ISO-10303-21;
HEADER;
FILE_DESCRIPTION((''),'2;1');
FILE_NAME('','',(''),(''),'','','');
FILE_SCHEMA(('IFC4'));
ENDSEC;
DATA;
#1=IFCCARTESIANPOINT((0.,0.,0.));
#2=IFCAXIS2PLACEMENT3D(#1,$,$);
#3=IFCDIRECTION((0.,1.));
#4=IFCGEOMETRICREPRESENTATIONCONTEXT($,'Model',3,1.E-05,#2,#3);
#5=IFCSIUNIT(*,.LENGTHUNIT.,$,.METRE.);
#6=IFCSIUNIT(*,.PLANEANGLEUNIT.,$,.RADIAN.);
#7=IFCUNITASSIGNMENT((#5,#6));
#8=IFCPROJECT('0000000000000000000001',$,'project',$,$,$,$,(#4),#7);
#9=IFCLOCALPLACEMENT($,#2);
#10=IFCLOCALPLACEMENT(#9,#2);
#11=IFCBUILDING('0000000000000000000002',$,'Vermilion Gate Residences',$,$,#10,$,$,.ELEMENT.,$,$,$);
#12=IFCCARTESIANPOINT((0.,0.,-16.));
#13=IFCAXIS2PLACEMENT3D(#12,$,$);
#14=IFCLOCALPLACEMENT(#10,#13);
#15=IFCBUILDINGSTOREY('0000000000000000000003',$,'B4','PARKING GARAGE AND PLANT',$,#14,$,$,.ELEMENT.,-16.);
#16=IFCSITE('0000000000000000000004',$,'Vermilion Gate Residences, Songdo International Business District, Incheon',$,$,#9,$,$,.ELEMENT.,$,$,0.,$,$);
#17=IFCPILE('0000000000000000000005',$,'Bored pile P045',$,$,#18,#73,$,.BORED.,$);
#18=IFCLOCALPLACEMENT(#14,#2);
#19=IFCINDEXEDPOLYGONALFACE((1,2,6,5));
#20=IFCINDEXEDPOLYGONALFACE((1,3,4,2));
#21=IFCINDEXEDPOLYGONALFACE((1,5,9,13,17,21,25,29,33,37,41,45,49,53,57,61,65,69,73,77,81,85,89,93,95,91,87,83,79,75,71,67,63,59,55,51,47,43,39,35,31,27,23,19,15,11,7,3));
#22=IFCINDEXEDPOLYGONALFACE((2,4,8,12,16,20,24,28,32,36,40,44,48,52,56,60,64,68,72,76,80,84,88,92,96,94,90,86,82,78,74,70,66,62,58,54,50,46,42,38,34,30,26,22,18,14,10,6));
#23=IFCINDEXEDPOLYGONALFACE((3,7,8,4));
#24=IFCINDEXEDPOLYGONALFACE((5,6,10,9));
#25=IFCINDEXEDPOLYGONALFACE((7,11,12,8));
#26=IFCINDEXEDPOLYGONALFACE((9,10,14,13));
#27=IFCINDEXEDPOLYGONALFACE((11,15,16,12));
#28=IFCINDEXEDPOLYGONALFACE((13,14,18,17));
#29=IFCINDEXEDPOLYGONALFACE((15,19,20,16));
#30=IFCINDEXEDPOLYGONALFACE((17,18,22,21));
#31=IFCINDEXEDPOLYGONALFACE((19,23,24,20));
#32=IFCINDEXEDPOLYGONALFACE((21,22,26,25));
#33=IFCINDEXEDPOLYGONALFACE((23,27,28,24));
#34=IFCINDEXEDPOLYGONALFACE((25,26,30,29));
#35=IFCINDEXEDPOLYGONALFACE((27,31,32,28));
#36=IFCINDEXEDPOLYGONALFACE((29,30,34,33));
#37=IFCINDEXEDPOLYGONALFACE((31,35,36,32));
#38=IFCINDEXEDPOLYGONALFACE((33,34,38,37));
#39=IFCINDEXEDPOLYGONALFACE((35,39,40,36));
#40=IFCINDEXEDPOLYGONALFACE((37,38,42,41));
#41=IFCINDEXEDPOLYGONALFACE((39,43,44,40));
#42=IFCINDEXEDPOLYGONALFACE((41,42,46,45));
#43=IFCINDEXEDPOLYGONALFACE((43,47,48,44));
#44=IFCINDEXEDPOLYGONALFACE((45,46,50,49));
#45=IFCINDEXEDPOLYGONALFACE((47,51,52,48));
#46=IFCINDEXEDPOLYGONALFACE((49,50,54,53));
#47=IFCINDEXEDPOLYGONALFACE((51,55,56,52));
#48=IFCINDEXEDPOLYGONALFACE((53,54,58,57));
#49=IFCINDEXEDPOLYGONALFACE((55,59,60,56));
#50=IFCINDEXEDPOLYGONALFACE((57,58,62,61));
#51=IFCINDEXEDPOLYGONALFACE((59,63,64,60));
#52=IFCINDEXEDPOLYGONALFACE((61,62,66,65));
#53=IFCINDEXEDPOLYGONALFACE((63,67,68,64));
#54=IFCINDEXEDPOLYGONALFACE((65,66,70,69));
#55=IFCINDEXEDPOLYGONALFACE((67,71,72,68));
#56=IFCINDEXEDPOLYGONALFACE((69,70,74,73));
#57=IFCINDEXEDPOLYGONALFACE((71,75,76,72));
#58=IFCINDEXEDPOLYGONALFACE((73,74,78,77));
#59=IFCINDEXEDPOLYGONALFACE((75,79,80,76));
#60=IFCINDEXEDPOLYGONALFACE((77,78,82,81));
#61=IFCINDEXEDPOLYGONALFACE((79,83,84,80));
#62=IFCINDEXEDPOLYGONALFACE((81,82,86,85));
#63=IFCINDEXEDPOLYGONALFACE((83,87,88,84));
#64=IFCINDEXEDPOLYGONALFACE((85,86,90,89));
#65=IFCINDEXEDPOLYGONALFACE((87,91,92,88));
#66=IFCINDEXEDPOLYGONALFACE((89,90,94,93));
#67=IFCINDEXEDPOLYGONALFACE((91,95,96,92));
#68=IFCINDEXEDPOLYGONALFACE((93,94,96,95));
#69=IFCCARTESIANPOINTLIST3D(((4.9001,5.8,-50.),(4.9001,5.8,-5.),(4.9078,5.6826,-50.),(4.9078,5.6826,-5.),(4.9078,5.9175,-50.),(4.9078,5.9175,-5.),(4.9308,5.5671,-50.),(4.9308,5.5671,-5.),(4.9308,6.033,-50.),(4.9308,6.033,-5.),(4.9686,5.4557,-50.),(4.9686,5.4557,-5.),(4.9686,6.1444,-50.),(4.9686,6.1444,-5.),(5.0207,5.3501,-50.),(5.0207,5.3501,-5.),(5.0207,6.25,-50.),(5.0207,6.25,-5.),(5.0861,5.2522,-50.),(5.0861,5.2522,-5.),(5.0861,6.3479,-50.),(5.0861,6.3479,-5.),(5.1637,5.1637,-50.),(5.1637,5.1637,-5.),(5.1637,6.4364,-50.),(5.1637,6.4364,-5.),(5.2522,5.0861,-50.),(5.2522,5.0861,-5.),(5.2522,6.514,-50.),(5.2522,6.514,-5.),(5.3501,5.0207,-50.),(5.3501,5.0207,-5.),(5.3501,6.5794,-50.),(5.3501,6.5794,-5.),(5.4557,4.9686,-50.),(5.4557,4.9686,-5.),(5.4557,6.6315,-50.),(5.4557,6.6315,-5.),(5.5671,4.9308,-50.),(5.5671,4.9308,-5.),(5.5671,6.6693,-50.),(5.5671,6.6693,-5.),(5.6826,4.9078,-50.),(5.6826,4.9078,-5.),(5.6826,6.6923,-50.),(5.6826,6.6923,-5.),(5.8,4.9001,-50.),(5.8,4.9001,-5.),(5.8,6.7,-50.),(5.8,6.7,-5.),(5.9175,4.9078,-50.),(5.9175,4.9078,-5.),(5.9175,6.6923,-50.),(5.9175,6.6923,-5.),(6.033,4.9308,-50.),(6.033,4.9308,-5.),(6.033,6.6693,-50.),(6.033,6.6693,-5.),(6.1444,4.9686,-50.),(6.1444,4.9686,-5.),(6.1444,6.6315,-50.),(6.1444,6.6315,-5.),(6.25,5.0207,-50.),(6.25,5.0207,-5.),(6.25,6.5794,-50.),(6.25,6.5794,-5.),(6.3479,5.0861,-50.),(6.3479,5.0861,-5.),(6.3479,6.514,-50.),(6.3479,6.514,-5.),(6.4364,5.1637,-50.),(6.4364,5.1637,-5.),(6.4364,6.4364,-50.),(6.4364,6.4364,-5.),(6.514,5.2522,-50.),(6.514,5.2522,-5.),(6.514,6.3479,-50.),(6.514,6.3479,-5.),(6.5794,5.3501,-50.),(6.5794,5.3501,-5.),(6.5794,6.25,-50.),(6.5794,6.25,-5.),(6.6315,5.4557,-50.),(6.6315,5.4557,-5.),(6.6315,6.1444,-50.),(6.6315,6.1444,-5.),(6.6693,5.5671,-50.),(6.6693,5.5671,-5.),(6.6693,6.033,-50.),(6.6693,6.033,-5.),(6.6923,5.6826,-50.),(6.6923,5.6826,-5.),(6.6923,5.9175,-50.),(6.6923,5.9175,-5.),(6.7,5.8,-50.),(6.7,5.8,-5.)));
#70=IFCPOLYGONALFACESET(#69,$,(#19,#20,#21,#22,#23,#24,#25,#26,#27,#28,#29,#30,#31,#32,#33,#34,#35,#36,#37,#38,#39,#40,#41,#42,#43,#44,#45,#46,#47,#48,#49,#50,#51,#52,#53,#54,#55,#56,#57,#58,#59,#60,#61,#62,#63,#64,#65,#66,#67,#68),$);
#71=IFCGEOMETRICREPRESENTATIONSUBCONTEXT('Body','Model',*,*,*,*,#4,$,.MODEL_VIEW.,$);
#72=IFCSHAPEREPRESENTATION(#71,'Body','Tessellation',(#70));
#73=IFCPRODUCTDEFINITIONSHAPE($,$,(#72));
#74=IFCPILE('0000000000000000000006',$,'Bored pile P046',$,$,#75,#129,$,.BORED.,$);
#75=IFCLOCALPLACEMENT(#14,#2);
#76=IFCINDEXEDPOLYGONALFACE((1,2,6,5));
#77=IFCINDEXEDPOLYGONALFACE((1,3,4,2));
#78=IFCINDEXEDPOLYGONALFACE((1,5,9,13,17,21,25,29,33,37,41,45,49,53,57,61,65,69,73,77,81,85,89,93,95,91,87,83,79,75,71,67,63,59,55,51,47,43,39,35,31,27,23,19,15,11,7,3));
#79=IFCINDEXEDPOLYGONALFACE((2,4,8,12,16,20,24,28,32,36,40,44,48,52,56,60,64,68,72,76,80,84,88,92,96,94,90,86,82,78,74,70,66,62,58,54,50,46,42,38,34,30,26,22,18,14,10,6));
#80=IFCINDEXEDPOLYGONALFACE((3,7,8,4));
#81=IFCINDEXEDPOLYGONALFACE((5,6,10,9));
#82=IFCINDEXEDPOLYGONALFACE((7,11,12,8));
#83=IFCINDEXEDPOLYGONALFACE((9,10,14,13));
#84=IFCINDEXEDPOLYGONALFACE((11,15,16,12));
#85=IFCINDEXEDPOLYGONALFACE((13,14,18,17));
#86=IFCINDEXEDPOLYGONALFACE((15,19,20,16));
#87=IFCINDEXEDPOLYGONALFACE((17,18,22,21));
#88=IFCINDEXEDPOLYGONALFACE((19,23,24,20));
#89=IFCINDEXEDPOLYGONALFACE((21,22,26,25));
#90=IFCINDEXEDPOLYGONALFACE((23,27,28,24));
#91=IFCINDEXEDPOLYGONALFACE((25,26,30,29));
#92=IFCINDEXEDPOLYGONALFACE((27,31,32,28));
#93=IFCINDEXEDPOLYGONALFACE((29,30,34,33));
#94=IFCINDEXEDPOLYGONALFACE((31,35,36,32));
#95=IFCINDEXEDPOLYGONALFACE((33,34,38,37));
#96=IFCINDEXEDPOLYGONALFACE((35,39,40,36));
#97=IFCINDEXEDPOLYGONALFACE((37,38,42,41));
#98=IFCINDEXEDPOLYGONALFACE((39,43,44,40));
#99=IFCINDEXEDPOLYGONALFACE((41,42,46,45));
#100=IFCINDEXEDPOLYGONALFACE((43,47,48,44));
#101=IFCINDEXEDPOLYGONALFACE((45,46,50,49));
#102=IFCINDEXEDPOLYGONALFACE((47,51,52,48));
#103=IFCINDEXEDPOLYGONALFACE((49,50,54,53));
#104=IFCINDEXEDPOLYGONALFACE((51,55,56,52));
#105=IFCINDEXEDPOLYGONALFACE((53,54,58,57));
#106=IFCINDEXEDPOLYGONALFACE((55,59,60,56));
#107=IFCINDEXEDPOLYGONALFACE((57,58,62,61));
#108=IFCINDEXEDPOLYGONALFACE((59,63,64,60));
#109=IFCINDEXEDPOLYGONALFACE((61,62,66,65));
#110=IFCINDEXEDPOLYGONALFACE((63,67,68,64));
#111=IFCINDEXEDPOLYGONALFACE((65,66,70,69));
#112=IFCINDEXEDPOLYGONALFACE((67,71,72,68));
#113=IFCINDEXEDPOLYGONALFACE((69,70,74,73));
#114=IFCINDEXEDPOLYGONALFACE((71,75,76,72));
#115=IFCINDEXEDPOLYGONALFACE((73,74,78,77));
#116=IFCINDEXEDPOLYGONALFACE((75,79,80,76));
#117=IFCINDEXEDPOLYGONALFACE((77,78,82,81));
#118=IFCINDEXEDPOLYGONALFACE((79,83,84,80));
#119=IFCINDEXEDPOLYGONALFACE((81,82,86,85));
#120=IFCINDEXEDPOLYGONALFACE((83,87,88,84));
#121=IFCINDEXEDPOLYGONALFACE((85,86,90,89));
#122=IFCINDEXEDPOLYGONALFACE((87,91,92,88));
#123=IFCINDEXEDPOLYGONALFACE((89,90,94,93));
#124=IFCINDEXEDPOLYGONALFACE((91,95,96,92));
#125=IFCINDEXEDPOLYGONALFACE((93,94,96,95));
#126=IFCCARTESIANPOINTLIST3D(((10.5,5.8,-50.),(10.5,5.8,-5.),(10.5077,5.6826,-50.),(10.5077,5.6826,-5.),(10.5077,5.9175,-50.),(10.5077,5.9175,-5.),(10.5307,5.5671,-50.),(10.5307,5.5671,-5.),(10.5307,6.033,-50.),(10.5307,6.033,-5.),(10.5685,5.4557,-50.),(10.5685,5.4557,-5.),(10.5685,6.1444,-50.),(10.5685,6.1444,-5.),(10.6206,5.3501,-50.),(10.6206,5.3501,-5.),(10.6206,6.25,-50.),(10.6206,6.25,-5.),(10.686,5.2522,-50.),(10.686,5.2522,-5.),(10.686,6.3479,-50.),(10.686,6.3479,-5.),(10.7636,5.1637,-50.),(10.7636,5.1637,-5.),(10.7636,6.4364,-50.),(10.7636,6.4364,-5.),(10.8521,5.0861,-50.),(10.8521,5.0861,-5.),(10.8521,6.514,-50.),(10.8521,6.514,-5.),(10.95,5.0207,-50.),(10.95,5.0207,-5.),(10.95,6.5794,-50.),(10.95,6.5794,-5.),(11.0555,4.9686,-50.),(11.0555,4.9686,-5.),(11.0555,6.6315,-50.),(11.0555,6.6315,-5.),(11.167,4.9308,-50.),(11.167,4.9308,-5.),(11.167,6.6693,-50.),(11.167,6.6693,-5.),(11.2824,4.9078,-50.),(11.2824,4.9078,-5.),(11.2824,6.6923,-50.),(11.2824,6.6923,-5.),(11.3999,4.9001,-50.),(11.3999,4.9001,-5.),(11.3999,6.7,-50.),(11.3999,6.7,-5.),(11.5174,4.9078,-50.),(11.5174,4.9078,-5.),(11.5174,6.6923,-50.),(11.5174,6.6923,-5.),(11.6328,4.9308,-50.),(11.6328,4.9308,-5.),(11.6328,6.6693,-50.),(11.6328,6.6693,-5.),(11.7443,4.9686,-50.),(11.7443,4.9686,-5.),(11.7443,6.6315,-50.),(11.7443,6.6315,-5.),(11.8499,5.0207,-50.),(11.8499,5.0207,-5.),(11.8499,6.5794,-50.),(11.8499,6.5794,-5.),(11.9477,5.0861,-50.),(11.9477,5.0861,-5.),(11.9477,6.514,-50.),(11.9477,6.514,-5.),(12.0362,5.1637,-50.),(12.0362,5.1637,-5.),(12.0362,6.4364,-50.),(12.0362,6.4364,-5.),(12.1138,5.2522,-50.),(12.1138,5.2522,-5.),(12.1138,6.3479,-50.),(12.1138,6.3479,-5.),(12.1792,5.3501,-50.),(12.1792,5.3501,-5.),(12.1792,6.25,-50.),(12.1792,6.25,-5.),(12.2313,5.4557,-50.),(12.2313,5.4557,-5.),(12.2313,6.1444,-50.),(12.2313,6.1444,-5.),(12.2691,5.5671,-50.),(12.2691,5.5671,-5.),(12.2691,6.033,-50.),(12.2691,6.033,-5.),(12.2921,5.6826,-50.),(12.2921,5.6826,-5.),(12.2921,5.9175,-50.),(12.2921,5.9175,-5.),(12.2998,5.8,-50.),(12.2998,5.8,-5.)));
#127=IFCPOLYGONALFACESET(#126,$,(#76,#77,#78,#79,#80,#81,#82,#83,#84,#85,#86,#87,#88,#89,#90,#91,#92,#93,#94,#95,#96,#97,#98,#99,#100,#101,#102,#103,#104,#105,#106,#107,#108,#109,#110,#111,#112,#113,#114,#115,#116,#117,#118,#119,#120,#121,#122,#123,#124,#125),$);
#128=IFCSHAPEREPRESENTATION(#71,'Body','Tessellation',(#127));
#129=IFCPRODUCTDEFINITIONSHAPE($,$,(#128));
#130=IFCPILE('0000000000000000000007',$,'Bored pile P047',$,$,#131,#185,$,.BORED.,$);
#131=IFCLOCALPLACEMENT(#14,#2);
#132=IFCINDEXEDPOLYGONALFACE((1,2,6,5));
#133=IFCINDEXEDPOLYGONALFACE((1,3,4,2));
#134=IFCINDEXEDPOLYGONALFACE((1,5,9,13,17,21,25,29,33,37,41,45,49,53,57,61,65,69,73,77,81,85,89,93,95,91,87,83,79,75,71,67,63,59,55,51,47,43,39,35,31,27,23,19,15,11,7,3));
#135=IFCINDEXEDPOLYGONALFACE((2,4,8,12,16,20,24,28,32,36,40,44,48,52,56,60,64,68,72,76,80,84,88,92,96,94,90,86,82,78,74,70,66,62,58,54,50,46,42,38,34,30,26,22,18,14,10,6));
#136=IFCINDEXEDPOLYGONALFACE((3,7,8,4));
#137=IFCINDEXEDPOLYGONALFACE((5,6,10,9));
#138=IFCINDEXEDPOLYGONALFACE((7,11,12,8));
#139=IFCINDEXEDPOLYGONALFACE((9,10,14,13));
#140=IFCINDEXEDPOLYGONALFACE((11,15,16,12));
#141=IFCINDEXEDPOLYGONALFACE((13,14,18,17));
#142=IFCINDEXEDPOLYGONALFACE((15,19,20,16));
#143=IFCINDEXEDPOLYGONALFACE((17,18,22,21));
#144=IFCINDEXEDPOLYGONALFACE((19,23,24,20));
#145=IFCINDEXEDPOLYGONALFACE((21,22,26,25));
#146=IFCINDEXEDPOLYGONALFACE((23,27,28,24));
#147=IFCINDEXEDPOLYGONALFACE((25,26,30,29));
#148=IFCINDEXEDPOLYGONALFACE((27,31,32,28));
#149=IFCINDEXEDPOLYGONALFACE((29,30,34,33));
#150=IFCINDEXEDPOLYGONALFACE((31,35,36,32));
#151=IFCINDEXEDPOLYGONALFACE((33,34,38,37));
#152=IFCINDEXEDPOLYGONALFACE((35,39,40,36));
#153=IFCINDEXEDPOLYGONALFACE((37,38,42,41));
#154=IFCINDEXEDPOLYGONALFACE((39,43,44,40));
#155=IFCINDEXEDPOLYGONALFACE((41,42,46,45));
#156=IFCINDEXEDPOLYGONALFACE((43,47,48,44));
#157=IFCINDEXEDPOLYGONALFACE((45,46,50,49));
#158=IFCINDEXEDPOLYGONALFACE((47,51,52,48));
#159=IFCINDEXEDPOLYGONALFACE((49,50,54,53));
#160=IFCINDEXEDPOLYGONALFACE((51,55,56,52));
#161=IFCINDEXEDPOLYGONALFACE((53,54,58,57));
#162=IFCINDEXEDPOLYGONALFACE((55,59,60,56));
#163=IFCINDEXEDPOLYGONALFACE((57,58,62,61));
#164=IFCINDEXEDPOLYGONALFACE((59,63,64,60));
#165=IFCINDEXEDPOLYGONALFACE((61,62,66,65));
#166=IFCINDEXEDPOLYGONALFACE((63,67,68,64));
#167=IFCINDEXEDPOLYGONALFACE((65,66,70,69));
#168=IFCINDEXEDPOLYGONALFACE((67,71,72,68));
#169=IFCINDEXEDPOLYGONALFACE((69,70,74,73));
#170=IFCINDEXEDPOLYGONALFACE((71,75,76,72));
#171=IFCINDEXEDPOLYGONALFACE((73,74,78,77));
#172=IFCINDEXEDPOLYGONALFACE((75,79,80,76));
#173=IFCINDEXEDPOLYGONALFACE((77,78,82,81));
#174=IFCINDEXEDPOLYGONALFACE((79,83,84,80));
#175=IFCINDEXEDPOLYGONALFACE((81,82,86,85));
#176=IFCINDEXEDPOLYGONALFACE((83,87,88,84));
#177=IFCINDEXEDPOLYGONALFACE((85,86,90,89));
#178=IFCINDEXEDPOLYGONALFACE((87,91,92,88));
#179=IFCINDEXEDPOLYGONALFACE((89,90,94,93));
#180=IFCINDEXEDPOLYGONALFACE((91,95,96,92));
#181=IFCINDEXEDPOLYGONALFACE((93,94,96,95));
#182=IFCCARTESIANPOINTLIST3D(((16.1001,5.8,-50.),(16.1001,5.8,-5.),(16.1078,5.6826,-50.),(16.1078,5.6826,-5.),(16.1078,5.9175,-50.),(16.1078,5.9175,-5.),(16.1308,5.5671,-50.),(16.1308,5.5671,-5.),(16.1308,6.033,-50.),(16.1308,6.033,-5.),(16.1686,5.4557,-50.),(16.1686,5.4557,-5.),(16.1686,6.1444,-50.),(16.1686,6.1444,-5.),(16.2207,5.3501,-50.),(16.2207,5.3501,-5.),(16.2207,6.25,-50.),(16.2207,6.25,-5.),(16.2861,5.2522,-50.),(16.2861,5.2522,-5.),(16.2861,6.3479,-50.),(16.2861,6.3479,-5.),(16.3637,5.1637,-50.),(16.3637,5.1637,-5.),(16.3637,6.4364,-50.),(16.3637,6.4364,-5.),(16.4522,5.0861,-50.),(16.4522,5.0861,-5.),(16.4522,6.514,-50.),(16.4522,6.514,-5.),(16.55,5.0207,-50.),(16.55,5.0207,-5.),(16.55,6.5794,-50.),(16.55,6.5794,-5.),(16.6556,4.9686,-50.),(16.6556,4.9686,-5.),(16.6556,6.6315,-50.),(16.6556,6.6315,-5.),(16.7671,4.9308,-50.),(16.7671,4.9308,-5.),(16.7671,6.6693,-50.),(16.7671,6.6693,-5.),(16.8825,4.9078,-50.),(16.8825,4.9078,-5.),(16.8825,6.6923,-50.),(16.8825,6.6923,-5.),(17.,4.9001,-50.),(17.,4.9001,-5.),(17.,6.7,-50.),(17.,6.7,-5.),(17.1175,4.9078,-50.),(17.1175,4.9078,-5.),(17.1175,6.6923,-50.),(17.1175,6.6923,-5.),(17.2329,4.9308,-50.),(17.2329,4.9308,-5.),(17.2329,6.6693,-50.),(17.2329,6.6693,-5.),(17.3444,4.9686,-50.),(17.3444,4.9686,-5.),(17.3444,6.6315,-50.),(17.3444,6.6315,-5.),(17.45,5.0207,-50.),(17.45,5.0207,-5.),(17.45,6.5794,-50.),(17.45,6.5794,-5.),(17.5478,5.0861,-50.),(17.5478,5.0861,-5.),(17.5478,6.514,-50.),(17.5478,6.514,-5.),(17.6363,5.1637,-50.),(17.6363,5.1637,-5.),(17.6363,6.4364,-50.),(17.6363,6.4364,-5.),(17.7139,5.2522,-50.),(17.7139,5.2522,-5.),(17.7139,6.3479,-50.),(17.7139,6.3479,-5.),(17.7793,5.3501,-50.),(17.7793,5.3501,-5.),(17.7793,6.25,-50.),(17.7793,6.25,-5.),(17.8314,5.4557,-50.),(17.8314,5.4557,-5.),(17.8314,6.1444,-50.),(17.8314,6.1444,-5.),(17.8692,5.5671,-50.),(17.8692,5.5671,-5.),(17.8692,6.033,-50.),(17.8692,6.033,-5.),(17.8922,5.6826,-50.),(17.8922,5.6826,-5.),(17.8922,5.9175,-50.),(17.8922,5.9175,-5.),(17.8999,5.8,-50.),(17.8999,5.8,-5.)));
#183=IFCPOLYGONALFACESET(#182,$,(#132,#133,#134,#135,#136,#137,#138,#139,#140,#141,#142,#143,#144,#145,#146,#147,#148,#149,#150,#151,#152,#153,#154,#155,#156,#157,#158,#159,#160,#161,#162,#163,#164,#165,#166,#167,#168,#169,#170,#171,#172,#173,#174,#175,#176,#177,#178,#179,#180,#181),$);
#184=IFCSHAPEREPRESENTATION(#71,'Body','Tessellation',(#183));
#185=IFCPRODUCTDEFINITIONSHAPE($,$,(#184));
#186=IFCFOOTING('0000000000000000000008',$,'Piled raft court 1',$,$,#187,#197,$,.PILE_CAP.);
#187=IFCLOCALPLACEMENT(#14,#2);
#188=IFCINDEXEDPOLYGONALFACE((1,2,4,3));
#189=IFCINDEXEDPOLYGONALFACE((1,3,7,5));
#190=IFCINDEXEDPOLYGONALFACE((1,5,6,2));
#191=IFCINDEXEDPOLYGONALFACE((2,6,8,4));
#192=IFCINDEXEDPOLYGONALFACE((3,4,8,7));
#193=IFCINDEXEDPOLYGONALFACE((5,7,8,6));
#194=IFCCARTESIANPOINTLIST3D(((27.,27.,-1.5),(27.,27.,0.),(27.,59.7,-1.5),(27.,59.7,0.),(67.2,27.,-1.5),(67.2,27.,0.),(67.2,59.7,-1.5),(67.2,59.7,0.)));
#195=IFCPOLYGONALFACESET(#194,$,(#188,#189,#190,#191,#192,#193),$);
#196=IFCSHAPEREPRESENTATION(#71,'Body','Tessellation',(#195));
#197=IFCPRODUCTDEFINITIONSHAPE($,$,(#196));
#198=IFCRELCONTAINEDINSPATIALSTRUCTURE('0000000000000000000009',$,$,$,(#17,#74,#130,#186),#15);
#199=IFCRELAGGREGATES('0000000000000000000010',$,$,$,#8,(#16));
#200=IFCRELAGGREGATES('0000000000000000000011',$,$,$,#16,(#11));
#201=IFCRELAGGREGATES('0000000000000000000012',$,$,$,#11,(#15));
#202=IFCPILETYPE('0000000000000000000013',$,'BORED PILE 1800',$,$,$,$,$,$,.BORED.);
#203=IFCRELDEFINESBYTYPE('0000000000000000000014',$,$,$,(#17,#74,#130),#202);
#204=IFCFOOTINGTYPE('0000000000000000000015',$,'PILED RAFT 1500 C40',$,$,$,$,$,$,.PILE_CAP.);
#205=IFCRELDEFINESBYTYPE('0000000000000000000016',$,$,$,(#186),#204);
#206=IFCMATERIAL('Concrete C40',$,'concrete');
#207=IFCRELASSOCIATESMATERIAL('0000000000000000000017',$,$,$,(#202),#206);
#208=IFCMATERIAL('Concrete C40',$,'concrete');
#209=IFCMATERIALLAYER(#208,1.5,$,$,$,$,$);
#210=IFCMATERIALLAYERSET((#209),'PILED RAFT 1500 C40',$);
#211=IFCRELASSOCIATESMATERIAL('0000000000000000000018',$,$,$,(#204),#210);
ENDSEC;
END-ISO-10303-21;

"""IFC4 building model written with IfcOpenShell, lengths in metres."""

from ifc_helpers import new_model, si_unit, direction, frame, origin, origin_2d, place, context, subcontext, project, spatial, polyline, circle, outline, extrude, material, layer, layer_set, material_profile, profile_set, type_object, element, save


model = new_model("IFC4")

# Units and contexts
model_context = context("Model", 3, precision=1e-05, world=origin(), true_north=direction((0.0, 1.0)))
body_context = subcontext(model_context, "Body", "Model", "MODEL_VIEW")
ifc_project = project(units=[si_unit("LENGTHUNIT", "METRE"), si_unit("PLANEANGLEUNIT", "RADIAN")], contexts=[model_context])

# Site, building, storey
site_placement = place(None, origin())
site = spatial("IfcSite", under=ifc_project, at=site_placement, Name="Vermilion Gate Residences, Songdo International Business District, Incheon", CompositionType="ELEMENT", RefElevation=0.0)
building_placement = place(site_placement, origin())
building = spatial("IfcBuilding", under=site, at=building_placement, Name="Vermilion Gate Residences", CompositionType="ELEMENT")
storey_placement = place(building_placement, frame((0.0, 0.0, -16.0)))
storey = spatial("IfcBuildingStorey", under=building, at=storey_placement, Name="B4", Description="PARKING GARAGE AND PLANT", CompositionType="ELEMENT", Elevation=-16.0)

# Piles
ifc_material_1 = material(Name="Concrete C40", Category="concrete")
ifc_material_profile_1 = material_profile(ifc_material_1, circle(Radius=0.8999, at=origin_2d()), Name="BORED PILE 1800")
ifc_profile_set_1 = profile_set([ifc_material_profile_1], Name="Concrete C40")
pile_type = type_object("IfcPileType", Name="BORED PILE 1800", PredefinedType="BORED", material=ifc_profile_set_1)
for number, where, z_axis, x_axis, name in (
    (1, (5.8, 5.8, -5.0), (0.0, 0.0, -1.0), (1.0, 0.0, 0.0), "Bored pile P045"),
    (2, (11.3999, 5.8, -5.0), (0.0, 0.0, -1.0), (1.0, 0.0, 0.0), "Bored pile P046"),
    (3, (17.0, 5.8, -5.0), (0.0, 0.0, -1.0), (1.0, 0.0, 0.0), "Bored pile P047"),
):
    element("IfcPile", number, at=place(storey_placement, frame(where, z_axis=z_axis, x_axis=x_axis)), inside=storey, type_object=pile_type, Name=name, PredefinedType="BORED", context=body_context, shape_type="SweptSolid", body=[
        extrude(circle(Radius=0.8999, at=origin_2d()), origin(), (0.0, 0.0, 1.0), 45.0),
    ])

# Footing
ifc_material_2 = material(Name="Concrete C40", Category="concrete")
ifc_layer_1 = layer(ifc_material_2, 1.5)
ifc_layer_set_1 = layer_set([ifc_layer_1], Name="PILED RAFT 1500 C40")
footing_type_1 = type_object("IfcFootingType", Name="PILED RAFT 1500 C40", PredefinedType="PILE_CAP", material=ifc_layer_set_1)
footing_1_placement = place(storey_placement, frame((0.0, 0.0, -1.5)))
element("IfcFooting", 4, at=footing_1_placement, inside=storey, type_object=footing_type_1, Name="Piled raft court 1", PredefinedType="PILE_CAP", context=body_context, shape_type="SweptSolid", body=[
    extrude(outline(polyline([(67.2, 59.7), (27.0, 59.7), (27.0, 27.0), (67.2, 27.0), (67.2, 59.7)])), origin(), (0.0, 0.0, 1.0), 1.5),
])

save(model, "model.ifc")
